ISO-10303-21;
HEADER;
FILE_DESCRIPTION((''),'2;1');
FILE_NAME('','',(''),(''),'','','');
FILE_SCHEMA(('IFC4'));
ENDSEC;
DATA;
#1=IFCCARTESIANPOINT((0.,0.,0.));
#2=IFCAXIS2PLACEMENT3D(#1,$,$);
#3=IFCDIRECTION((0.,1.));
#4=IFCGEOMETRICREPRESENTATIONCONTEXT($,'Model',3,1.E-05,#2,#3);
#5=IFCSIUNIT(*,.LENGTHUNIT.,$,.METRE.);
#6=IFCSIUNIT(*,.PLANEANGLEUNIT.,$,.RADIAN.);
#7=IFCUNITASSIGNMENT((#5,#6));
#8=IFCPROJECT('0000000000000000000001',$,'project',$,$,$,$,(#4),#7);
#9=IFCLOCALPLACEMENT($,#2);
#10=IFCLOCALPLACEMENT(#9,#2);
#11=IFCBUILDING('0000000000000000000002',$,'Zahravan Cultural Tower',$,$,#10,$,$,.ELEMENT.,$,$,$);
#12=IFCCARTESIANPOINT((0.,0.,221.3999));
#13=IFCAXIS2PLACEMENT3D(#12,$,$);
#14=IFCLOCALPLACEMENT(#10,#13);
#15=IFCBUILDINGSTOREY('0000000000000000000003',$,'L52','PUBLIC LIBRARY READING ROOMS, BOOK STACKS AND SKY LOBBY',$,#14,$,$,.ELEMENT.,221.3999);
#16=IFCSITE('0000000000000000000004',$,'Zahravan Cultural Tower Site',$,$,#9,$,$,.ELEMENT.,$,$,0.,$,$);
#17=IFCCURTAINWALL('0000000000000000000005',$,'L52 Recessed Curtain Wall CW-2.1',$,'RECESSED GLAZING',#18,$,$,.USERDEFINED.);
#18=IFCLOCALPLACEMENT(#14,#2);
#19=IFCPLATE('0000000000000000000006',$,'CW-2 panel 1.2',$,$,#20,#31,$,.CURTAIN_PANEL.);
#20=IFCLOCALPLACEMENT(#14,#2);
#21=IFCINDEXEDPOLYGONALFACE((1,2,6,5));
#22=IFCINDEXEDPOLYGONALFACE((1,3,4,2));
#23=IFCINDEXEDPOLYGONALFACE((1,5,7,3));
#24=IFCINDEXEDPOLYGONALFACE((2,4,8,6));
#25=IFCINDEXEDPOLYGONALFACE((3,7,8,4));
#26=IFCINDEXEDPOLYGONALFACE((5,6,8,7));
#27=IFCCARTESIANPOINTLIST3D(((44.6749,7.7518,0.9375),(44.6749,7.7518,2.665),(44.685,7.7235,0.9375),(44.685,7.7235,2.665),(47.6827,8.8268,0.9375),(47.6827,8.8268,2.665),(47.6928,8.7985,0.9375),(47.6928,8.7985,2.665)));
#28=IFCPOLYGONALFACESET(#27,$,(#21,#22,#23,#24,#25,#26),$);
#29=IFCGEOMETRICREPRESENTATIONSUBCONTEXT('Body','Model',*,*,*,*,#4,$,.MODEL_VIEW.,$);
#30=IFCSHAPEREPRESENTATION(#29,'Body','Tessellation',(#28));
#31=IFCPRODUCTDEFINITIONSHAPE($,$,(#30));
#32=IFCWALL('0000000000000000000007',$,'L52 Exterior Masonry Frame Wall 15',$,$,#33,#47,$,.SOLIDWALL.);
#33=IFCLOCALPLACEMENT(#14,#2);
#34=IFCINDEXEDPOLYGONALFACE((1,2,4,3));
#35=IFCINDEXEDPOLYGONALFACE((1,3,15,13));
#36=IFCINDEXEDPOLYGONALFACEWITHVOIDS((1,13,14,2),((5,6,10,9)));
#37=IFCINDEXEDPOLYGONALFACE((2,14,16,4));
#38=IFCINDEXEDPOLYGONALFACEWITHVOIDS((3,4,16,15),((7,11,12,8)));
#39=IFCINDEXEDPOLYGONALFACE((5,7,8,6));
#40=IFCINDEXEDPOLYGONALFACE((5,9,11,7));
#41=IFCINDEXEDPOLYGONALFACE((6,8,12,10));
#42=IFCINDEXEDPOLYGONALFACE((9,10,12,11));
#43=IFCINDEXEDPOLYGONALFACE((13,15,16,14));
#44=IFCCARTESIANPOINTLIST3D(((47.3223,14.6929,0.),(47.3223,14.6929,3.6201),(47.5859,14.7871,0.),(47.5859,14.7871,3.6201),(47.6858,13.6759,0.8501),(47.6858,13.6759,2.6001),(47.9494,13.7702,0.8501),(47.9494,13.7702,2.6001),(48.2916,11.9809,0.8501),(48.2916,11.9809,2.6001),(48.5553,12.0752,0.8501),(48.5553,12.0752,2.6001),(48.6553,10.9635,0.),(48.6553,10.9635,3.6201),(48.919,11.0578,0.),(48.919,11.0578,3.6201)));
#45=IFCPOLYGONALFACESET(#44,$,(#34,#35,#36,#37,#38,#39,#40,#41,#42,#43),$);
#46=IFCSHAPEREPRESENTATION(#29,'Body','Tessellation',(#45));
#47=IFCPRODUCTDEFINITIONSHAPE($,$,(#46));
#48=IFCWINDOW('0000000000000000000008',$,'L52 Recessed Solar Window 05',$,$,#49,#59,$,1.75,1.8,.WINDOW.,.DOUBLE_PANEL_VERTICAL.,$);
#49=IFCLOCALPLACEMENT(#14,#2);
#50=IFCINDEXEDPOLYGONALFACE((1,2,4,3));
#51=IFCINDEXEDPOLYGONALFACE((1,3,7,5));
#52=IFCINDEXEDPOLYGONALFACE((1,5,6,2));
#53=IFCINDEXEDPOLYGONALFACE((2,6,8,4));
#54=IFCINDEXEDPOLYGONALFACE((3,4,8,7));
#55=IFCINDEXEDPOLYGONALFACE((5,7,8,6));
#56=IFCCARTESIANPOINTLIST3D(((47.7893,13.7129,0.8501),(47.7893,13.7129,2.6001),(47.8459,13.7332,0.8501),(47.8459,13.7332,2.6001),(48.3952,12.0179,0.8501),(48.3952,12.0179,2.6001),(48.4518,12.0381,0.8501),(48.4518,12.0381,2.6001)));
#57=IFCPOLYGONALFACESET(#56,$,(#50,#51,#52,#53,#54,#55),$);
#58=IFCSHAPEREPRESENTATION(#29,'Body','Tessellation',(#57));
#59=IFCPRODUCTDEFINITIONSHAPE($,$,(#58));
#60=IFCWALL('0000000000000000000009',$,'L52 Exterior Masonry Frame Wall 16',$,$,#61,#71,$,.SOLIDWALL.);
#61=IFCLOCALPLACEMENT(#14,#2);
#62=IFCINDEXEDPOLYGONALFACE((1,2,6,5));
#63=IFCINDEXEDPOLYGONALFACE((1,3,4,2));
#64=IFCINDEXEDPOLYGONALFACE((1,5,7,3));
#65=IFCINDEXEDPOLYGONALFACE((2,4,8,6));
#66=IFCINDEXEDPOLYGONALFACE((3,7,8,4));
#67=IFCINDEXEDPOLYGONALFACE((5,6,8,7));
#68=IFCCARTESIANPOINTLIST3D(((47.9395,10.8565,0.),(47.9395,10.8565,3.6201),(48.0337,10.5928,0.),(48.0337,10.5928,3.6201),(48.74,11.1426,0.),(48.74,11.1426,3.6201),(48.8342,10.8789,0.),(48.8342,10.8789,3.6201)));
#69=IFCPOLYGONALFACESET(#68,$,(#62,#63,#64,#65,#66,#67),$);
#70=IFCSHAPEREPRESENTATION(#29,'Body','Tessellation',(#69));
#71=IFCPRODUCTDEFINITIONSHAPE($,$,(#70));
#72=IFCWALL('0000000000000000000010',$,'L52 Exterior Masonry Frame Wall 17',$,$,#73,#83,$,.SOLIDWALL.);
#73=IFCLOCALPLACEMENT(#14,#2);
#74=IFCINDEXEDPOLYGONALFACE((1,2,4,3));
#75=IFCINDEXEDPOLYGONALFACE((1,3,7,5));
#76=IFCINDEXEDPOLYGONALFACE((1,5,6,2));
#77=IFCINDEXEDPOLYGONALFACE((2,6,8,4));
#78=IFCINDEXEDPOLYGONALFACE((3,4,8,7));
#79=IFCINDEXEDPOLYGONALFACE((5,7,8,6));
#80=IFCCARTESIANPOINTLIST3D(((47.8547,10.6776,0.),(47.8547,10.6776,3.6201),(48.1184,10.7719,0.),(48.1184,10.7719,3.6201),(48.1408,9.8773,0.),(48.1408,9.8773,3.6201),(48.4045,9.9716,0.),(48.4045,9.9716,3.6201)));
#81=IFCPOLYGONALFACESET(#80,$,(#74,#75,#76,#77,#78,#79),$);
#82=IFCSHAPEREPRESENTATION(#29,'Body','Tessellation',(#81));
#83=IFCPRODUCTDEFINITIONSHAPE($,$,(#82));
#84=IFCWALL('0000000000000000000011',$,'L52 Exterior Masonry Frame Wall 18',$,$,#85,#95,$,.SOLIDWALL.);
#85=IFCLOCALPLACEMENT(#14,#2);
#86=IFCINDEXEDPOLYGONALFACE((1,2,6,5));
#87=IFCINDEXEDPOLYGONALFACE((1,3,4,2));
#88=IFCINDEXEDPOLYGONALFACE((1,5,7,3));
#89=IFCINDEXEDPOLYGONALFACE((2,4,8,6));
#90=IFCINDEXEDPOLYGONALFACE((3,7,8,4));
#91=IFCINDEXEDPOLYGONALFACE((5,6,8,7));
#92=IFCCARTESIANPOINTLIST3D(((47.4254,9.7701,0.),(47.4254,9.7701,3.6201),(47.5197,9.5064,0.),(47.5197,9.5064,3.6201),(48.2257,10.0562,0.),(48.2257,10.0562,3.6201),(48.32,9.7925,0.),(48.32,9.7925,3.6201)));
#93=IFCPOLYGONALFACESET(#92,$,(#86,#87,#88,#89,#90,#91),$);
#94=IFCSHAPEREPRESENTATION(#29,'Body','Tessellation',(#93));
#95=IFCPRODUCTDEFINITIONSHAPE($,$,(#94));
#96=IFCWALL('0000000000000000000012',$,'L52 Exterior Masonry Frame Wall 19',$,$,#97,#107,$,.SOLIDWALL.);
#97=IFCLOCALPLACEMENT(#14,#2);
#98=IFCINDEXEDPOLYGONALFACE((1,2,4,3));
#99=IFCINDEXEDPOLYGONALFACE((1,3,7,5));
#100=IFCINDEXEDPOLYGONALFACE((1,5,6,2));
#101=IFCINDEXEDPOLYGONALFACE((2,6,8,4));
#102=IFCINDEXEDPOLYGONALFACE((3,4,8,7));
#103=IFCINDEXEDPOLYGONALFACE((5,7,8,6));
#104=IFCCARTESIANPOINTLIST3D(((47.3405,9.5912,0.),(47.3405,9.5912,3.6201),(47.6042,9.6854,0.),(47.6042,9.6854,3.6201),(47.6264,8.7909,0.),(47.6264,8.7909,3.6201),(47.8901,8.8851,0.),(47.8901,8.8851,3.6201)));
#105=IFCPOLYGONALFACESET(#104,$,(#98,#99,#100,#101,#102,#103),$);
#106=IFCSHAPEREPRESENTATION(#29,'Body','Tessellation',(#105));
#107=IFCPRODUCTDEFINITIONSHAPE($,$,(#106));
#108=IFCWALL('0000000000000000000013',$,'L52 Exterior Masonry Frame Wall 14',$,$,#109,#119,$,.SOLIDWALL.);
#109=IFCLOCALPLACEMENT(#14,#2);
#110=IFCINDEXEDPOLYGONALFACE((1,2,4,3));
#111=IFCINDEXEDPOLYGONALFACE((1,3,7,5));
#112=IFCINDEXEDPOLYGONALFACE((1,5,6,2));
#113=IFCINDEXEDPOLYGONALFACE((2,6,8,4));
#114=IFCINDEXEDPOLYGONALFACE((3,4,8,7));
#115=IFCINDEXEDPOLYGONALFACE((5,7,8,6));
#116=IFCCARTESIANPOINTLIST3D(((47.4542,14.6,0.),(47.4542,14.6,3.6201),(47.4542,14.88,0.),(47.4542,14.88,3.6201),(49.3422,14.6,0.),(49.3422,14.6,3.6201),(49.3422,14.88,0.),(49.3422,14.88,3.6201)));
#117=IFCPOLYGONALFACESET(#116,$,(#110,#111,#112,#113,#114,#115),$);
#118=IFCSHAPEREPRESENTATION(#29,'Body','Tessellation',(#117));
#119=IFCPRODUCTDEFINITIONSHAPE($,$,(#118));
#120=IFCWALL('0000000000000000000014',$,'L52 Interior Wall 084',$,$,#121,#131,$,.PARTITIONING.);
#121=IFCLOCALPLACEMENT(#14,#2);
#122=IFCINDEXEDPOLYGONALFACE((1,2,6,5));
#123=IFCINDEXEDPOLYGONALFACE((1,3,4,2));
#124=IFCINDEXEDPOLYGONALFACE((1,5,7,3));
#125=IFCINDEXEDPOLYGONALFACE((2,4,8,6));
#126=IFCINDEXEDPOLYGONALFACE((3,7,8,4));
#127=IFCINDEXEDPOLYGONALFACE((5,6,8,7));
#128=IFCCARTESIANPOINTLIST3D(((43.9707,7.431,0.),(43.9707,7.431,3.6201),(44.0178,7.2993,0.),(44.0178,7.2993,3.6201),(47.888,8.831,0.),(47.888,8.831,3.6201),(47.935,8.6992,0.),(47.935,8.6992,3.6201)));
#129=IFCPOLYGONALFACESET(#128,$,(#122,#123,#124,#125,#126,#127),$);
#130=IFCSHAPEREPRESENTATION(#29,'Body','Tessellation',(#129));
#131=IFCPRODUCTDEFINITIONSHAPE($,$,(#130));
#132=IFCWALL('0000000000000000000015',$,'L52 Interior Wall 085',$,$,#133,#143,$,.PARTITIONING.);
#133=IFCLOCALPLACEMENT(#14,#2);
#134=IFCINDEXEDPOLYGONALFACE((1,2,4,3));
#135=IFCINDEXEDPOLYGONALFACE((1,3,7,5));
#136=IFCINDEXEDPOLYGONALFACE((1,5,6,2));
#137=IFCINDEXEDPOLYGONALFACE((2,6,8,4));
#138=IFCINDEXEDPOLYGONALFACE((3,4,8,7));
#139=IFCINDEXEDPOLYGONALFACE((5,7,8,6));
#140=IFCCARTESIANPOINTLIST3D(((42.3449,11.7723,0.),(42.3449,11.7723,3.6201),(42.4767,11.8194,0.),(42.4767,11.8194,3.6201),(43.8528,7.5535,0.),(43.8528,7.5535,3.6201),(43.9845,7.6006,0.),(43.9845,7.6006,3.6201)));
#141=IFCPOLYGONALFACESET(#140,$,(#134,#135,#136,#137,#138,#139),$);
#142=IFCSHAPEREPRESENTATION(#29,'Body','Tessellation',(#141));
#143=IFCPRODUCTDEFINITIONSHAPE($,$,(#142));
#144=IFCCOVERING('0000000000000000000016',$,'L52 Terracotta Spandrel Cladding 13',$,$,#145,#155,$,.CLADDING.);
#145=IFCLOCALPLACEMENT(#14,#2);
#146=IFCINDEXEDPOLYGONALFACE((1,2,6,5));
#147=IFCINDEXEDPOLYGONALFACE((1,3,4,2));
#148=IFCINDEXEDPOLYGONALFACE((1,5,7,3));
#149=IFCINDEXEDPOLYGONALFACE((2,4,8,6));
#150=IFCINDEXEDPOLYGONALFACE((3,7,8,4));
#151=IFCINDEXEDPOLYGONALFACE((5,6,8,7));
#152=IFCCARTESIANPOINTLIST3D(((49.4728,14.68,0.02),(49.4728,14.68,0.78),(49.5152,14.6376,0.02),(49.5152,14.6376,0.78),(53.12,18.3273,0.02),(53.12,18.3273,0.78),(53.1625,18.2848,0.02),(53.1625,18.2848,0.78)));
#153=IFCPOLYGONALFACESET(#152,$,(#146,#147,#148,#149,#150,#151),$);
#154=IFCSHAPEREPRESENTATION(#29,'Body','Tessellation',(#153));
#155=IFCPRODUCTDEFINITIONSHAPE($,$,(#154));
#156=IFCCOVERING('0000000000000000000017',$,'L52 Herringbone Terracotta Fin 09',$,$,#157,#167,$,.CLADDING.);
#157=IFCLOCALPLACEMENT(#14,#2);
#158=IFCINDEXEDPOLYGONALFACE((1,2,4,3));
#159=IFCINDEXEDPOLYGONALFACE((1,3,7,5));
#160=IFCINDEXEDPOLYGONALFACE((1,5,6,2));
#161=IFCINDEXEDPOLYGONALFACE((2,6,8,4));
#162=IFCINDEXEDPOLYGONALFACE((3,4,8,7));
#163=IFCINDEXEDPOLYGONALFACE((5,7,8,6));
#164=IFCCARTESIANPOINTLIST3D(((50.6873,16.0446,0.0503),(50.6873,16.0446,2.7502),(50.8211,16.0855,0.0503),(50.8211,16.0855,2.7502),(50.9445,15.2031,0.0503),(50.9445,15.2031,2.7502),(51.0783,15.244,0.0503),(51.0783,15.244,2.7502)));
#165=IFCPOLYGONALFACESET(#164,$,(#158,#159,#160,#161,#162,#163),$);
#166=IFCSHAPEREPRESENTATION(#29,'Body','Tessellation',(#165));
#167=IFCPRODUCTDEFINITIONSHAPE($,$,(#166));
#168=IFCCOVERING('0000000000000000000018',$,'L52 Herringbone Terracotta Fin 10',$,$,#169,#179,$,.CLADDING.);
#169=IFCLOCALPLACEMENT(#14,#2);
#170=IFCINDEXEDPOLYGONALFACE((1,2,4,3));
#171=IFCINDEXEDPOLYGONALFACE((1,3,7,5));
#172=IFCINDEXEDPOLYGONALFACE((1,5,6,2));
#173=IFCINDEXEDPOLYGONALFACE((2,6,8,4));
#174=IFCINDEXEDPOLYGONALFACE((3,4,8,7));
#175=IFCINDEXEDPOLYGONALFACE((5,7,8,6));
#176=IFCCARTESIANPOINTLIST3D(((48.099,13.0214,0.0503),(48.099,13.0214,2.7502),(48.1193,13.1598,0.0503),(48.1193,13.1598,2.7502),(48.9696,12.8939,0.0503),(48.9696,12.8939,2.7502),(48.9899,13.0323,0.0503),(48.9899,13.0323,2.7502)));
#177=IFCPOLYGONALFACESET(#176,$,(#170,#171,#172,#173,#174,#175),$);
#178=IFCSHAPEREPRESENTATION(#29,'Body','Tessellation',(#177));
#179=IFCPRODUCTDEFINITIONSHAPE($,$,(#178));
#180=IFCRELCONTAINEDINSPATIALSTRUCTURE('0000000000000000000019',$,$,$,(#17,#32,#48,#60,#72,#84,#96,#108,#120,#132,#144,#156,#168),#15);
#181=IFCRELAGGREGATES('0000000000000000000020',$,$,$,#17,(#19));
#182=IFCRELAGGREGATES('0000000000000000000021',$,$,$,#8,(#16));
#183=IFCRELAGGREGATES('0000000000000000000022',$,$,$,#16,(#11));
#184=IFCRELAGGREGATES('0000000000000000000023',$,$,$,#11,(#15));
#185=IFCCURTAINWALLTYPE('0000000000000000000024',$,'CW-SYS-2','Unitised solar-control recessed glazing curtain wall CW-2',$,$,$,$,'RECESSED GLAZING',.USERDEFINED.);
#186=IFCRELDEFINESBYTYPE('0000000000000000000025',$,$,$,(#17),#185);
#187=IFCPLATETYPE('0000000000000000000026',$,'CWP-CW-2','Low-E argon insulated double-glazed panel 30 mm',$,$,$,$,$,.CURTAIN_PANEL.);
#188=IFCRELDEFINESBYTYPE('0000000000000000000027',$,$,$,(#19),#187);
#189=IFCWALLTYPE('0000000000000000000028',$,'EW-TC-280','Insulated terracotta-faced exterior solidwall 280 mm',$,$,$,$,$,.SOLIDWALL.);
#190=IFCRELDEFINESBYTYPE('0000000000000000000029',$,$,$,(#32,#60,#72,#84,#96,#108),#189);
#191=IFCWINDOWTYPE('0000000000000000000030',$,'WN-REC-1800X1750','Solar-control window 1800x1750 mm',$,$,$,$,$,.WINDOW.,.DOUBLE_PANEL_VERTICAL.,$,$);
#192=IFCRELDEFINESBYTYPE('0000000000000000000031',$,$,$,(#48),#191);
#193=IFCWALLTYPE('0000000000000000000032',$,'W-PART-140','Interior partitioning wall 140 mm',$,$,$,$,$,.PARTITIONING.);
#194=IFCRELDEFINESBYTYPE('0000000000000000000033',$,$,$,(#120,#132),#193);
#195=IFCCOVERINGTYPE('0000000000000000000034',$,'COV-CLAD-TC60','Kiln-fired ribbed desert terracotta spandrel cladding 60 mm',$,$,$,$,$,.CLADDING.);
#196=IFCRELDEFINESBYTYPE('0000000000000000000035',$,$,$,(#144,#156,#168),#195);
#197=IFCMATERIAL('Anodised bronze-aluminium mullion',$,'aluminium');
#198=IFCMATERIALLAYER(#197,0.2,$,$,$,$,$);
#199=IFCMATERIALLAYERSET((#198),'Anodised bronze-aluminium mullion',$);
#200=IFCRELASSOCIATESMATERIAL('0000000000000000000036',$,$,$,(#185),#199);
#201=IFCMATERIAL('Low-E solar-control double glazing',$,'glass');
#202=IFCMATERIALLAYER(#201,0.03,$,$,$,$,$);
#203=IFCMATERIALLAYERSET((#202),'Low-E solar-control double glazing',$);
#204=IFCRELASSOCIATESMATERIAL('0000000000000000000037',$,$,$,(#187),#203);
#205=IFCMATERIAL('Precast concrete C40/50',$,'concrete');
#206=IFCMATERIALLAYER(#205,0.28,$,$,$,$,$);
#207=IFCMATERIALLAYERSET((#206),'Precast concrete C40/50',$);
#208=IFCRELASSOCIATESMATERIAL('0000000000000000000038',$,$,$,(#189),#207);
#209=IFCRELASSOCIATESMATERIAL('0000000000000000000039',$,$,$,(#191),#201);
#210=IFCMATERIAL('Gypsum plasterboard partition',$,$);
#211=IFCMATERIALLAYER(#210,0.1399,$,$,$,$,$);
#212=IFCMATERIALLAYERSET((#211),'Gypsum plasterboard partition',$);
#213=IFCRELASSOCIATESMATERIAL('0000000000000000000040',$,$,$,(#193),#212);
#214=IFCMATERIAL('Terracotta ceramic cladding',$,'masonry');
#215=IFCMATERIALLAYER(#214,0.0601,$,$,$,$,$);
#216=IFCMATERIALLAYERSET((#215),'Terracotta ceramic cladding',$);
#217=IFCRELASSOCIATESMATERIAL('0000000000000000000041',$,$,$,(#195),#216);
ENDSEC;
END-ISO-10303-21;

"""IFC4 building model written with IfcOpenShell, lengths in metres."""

from ifc_helpers import new_model, si_unit, direction, frame, frame_2d, origin, origin_2d, place, context, subcontext, project, spatial, rectangle, extrude, source, transform, mapped, material, layer, layer_set, type_object, element, fill, aggregate, save


model = new_model("IFC4")

# Units and contexts
model_context = context("Model", 3, precision=1e-05, world=origin(), true_north=direction((0.0, 1.0)))
body_context = subcontext(model_context, "Body", "Model", "MODEL_VIEW")
ifc_project = project(units=[si_unit("LENGTHUNIT", "METRE"), si_unit("PLANEANGLEUNIT", "RADIAN")], contexts=[model_context])

# Site, building, storey
site_placement = place(None, origin())
site = spatial("IfcSite", under=ifc_project, at=site_placement, Name="Zahravan Cultural Tower Site", CompositionType="ELEMENT", RefElevation=0.0)
building_placement = place(site_placement, origin())
building = spatial("IfcBuilding", under=site, at=building_placement, Name="Zahravan Cultural Tower", CompositionType="ELEMENT")
storey_placement = place(building_placement, frame((0.0, 0.0, 221.3999)))
storey = spatial("IfcBuildingStorey", under=building, at=storey_placement, Name="L52", Description="PUBLIC LIBRARY READING ROOMS, BOOK STACKS AND SKY LOBBY", CompositionType="ELEMENT", Elevation=221.3999)

# Curtain wall, plate
ifc_material_1 = material(Name="Anodised bronze-aluminium mullion", Category="aluminium")
ifc_layer_1 = layer(ifc_material_1, 0.2)
ifc_layer_set_1 = layer_set([ifc_layer_1], Name="Anodised bronze-aluminium mullion")
curtain_wall_type = type_object("IfcCurtainWallType", Name="CW-SYS-2", Description="Unitised solar-control recessed glazing curtain wall CW-2", ElementType="RECESSED GLAZING", PredefinedType="USERDEFINED", material=ifc_layer_set_1)
curtain_wall_placement = place(storey_placement, origin())
curtain_wall = element("IfcCurtainWall", 1, at=curtain_wall_placement, inside=storey, type_object=curtain_wall_type, Name="L52 Recessed Curtain Wall CW-2.1", ObjectType="RECESSED GLAZING", PredefinedType="USERDEFINED")
ifc_material_2 = material(Name="Low-E solar-control double glazing", Category="glass")
ifc_layer_2 = layer(ifc_material_2, 0.03)
ifc_layer_set_2 = layer_set([ifc_layer_2], Name="Low-E solar-control double glazing")
plate_type = type_object("IfcPlateType", Name="CWP-CW-2", Description="Low-E argon insulated double-glazed panel 30 mm", PredefinedType="CURTAIN_PANEL", material=ifc_layer_set_2)
shared_shape_1 = source(origin(), body_context, "Body", "SweptSolid", [
    extrude(rectangle(XDim=3.1941, YDim=0.03, at=origin_2d()), origin(), (0.0, 0.0, 1.0), 1.7275),
])
plate_1_placement = place(storey_placement, frame((46.1838, 8.2751, 0.9375), z_axis=(0.0, 0.0, 1.0), x_axis=(-0.941669, -0.336541, 0.0)))
plate_1 = element("IfcPlate", 2, at=plate_1_placement, type_object=plate_type, Name="CW-2 panel 1.2", PredefinedType="CURTAIN_PANEL", context=body_context, shape_type="MappedRepresentation", body=[
    mapped(shared_shape_1, transform((0.0, 0.0, 0.0), x_axis=(1.0, 0.0, 0.0), y_axis=(0.0, 1.0, 0.0), z_axis=(0.0, 0.0, 1.0), scale=1.0)),
])
aggregate(curtain_wall, [plate_1])

# Wall, opening, window
ifc_material_3 = material(Name="Precast concrete C40/50", Category="concrete")
ifc_layer_3 = layer(ifc_material_3, 0.28)
ifc_layer_set_3 = layer_set([ifc_layer_3], Name="Precast concrete C40/50")
wall_type_1 = type_object("IfcWallType", Name="EW-TC-280", Description="Insulated terracotta-faced exterior solidwall 280 mm", PredefinedType="SOLIDWALL", material=ifc_layer_set_3)
wall_1_placement = place(storey_placement, frame((47.4541, 14.74, 0.0), z_axis=(0.0, 0.0, 1.0), x_axis=(0.33659, -0.941651, 0.0)))
wall_1 = element("IfcWall", 3, at=wall_1_placement, inside=storey, type_object=wall_type_1, Name="L52 Exterior Masonry Frame Wall 15", PredefinedType="SOLIDWALL", context=body_context, shape_type="SweptSolid", body=[
    extrude(rectangle(XDim=3.9604, YDim=0.28, at=frame_2d((1.9802, 0.0))), origin(), (0.0, 0.0, 1.0), 3.6201),
])
opening_placement = place(wall_1_placement, frame((1.0801, 0.0, 0.8501)))
opening = element("IfcOpeningElement", 4, at=opening_placement, cuts=wall_1, PredefinedType="OPENING", context=body_context, shape_type="SweptSolid", body=[
    extrude(rectangle(XDim=1.8, YDim=1.75, at=frame_2d((0.8999, 0.875))), frame((0.0, 0.1499, 0.0), z_axis=(0.0, -1.0, 0.0), x_axis=(1.0, 0.0, 0.0)), (0.0, 0.0, 1.0), 0.3),
])
window_type = type_object("IfcWindowType", Name="WN-REC-1800X1750", Description="Solar-control window 1800x1750 mm", PartitioningType="DOUBLE_PANEL_VERTICAL", PredefinedType="WINDOW", material=ifc_material_2)
shared_shape_2 = source(origin(), body_context, "Body", "SweptSolid", [
    extrude(rectangle(XDim=1.8, YDim=1.75, at=frame_2d((0.8999, 0.875))), frame((0.0, 0.03, 0.0), z_axis=(0.0, -1.0, 0.0), x_axis=(1.0, 0.0, 0.0)), (0.0, 0.0, 1.0), 0.0601),
])
window_placement = place(opening_placement, origin())
window = element("IfcWindow", 5, at=window_placement, inside=storey, type_object=window_type, Name="L52 Recessed Solar Window 05", OverallHeight=1.75, OverallWidth=1.8, PartitioningType="DOUBLE_PANEL_VERTICAL", PredefinedType="WINDOW", context=body_context, shape_type="MappedRepresentation", body=[
    mapped(shared_shape_2, transform((0.0, 0.0, 0.0), x_axis=(1.0, 0.0, 0.0), y_axis=(0.0, 1.0, 0.0), z_axis=(0.0, 0.0, 1.0), scale=1.0)),
])
fill(opening, window)

# Walls
shared_shape_3 = source(origin(), body_context, "Body", "SweptSolid", [
    extrude(rectangle(XDim=0.8501, YDim=0.28, at=frame_2d((0.425, 0.0))), origin(), (0.0, 0.0, 1.0), 3.6201),
])
wall_2_placement = place(storey_placement, frame((48.7871, 11.0107, 0.0), z_axis=(0.0, 0.0, 1.0), x_axis=(-0.941657, -0.336573, 0.0)))
element("IfcWall", 6, at=wall_2_placement, inside=storey, type_object=wall_type_1, Name="L52 Exterior Masonry Frame Wall 16", PredefinedType="SOLIDWALL", context=body_context, shape_type="MappedRepresentation", body=[
    mapped(shared_shape_3, transform((0.0, 0.0, 0.0), x_axis=(1.0, 0.0, 0.0), y_axis=(0.0, 1.0, 0.0), z_axis=(0.0, 0.0, 1.0), scale=1.0)),
])
shared_shape_4 = source(origin(), body_context, "Body", "SweptSolid", [
    extrude(rectangle(XDim=0.8499, YDim=0.28, at=frame_2d((0.4248, 0.0))), origin(), (0.0, 0.0, 1.0), 3.6201),
])
for number, where, z_axis, x_axis, name in (
    (7, (47.9866, 10.7246, 0.0), (0.0, 0.0, 1.0), (0.336664, -0.941625, 0.0), "L52 Exterior Masonry Frame Wall 17"),
    (8, (48.2727, 9.9243, 0.0), (0.0, 0.0, 1.0), (-0.941625, -0.336664, 0.0), "L52 Exterior Masonry Frame Wall 18"),
    (9, (47.4724, 9.6382, 0.0), (0.0, 0.0, 1.0), (0.336409, -0.941716, 0.0), "L52 Exterior Masonry Frame Wall 19"),
):
    element("IfcWall", number, at=place(storey_placement, frame(where, z_axis=z_axis, x_axis=x_axis)), inside=storey, type_object=wall_type_1, Name=name, PredefinedType="SOLIDWALL", context=body_context, shape_type="MappedRepresentation", body=[
        mapped(shared_shape_4, transform((0.0, 0.0, 0.0), x_axis=(1.0, 0.0, 0.0), y_axis=(0.0, 1.0, 0.0), z_axis=(0.0, 0.0, 1.0), scale=1.0)),
    ])
shared_shape_5 = source(origin(), body_context, "Body", "SweptSolid", [
    extrude(rectangle(XDim=1.8879, YDim=0.28, at=frame_2d((0.9438, 0.0))), origin(), (0.0, 0.0, 1.0), 3.6201),
])
wall_3_placement = place(storey_placement, frame((49.342, 14.74, 0.0), z_axis=(0.0, 0.0, 1.0), x_axis=(-1.0, 0.0, 0.0)))
element("IfcWall", 10, at=wall_3_placement, inside=storey, type_object=wall_type_1, Name="L52 Exterior Masonry Frame Wall 14", PredefinedType="SOLIDWALL", context=body_context, shape_type="MappedRepresentation", body=[
    mapped(shared_shape_5, transform((0.0, 0.0, 0.0), x_axis=(1.0, 0.0, 0.0), y_axis=(0.0, 1.0, 0.0), z_axis=(0.0, 0.0, 1.0), scale=1.0)),
])
ifc_material_4 = material(Name="Gypsum plasterboard partition")
ifc_layer_4 = layer(ifc_material_4, 0.1399)
ifc_layer_set_4 = layer_set([ifc_layer_4], Name="Gypsum plasterboard partition")
wall_type_2 = type_object("IfcWallType", Name="W-PART-140", Description="Interior partitioning wall 140 mm", PredefinedType="PARTITIONING", material=ifc_layer_set_4)
shared_shape_6 = source(origin(), body_context, "Body", "SweptSolid", [
    extrude(rectangle(XDim=4.1599, YDim=0.1399, at=frame_2d((2.0801, 0.0))), origin(), (0.0, 0.0, 1.0), 3.6201),
])
wall_4_placement = place(storey_placement, frame((47.9116, 8.7651, 0.0), z_axis=(0.0, 0.0, 1.0), x_axis=(-0.941674, -0.336526, 0.0)))
element("IfcWall", 11, at=wall_4_placement, inside=storey, type_object=wall_type_2, Name="L52 Interior Wall 084", PredefinedType="PARTITIONING", context=body_context, shape_type="MappedRepresentation", body=[
    mapped(shared_shape_6, transform((0.0, 0.0, 0.0), x_axis=(1.0, 0.0, 0.0), y_axis=(0.0, 1.0, 0.0), z_axis=(0.0, 0.0, 1.0), scale=1.0)),
])
shared_shape_7 = source(origin(), body_context, "Body", "SweptSolid", [
    extrude(rectangle(XDim=4.4802, YDim=0.1399, at=frame_2d((2.2402, 0.0))), origin(), (0.0, 0.0, 1.0), 3.6201),
])
wall_5_placement = place(storey_placement, frame((43.9187, 7.5769, 0.0), z_axis=(0.0, 0.0, 1.0), x_axis=(-0.336557, 0.941663, 0.0)))
element("IfcWall", 12, at=wall_5_placement, inside=storey, type_object=wall_type_2, Name="L52 Interior Wall 085", PredefinedType="PARTITIONING", context=body_context, shape_type="MappedRepresentation", body=[
    mapped(shared_shape_7, transform((0.0, 0.0, 0.0), x_axis=(1.0, 0.0, 0.0), y_axis=(0.0, 1.0, 0.0), z_axis=(0.0, 0.0, 1.0), scale=1.0)),
])

# Coverings
ifc_material_5 = material(Name="Terracotta ceramic cladding", Category="masonry")
ifc_layer_5 = layer(ifc_material_5, 0.0601)
ifc_layer_set_5 = layer_set([ifc_layer_5], Name="Terracotta ceramic cladding")
covering_type = type_object("IfcCoveringType", Name="COV-CLAD-TC60", Description="Kiln-fired ribbed desert terracotta spandrel cladding 60 mm", PredefinedType="CLADDING", material=ifc_layer_set_5)
shared_shape_8 = source(origin(), body_context, "Body", "SweptSolid", [
    extrude(rectangle(XDim=5.158, YDim=0.0601, at=origin_2d()), origin(), (0.0, 0.0, 1.0), 0.76),
])
covering_1_placement = place(storey_placement, frame((51.3176, 16.4824, 0.02), z_axis=(0.0, 0.0, 1.0), x_axis=(-0.707107, -0.707107, 0.0)))
element("IfcCovering", 13, at=covering_1_placement, inside=storey, type_object=covering_type, Name="L52 Terracotta Spandrel Cladding 13", PredefinedType="CLADDING", context=body_context, shape_type="MappedRepresentation", body=[
    mapped(shared_shape_8, transform((0.0, 0.0, 0.0), x_axis=(1.0, 0.0, 0.0), y_axis=(0.0, 1.0, 0.0), z_axis=(0.0, 0.0, 1.0), scale=1.0)),
])
shared_shape_9 = source(origin(), body_context, "Body", "SweptSolid", [
    extrude(rectangle(XDim=0.8799, YDim=0.1399, at=origin_2d()), origin(), (0.0, 0.0, 1.0), 2.7),
])
for number, where, z_axis, x_axis, name in (
    (14, (50.8828, 15.6443, 0.0503), (0.0, 0.0, 1.0), (0.292372, -0.956305, 0.0), "L52 Herringbone Terracotta Fin 09"),
    (15, (48.5444, 13.0269, 0.0503), (0.0, 0.0, 1.0), (0.98944, -0.144943, 0.0), "L52 Herringbone Terracotta Fin 10"),
):
    element("IfcCovering", number, at=place(storey_placement, frame(where, z_axis=z_axis, x_axis=x_axis)), inside=storey, type_object=covering_type, Name=name, PredefinedType="CLADDING", context=body_context, shape_type="MappedRepresentation", body=[
        mapped(shared_shape_9, transform((0.0, 0.0, 0.0), x_axis=(1.0, 0.0, 0.0), y_axis=(0.0, 1.0, 0.0), z_axis=(0.0, 0.0, 1.0), scale=1.0)),
    ])

save(model, "model.ifc")
